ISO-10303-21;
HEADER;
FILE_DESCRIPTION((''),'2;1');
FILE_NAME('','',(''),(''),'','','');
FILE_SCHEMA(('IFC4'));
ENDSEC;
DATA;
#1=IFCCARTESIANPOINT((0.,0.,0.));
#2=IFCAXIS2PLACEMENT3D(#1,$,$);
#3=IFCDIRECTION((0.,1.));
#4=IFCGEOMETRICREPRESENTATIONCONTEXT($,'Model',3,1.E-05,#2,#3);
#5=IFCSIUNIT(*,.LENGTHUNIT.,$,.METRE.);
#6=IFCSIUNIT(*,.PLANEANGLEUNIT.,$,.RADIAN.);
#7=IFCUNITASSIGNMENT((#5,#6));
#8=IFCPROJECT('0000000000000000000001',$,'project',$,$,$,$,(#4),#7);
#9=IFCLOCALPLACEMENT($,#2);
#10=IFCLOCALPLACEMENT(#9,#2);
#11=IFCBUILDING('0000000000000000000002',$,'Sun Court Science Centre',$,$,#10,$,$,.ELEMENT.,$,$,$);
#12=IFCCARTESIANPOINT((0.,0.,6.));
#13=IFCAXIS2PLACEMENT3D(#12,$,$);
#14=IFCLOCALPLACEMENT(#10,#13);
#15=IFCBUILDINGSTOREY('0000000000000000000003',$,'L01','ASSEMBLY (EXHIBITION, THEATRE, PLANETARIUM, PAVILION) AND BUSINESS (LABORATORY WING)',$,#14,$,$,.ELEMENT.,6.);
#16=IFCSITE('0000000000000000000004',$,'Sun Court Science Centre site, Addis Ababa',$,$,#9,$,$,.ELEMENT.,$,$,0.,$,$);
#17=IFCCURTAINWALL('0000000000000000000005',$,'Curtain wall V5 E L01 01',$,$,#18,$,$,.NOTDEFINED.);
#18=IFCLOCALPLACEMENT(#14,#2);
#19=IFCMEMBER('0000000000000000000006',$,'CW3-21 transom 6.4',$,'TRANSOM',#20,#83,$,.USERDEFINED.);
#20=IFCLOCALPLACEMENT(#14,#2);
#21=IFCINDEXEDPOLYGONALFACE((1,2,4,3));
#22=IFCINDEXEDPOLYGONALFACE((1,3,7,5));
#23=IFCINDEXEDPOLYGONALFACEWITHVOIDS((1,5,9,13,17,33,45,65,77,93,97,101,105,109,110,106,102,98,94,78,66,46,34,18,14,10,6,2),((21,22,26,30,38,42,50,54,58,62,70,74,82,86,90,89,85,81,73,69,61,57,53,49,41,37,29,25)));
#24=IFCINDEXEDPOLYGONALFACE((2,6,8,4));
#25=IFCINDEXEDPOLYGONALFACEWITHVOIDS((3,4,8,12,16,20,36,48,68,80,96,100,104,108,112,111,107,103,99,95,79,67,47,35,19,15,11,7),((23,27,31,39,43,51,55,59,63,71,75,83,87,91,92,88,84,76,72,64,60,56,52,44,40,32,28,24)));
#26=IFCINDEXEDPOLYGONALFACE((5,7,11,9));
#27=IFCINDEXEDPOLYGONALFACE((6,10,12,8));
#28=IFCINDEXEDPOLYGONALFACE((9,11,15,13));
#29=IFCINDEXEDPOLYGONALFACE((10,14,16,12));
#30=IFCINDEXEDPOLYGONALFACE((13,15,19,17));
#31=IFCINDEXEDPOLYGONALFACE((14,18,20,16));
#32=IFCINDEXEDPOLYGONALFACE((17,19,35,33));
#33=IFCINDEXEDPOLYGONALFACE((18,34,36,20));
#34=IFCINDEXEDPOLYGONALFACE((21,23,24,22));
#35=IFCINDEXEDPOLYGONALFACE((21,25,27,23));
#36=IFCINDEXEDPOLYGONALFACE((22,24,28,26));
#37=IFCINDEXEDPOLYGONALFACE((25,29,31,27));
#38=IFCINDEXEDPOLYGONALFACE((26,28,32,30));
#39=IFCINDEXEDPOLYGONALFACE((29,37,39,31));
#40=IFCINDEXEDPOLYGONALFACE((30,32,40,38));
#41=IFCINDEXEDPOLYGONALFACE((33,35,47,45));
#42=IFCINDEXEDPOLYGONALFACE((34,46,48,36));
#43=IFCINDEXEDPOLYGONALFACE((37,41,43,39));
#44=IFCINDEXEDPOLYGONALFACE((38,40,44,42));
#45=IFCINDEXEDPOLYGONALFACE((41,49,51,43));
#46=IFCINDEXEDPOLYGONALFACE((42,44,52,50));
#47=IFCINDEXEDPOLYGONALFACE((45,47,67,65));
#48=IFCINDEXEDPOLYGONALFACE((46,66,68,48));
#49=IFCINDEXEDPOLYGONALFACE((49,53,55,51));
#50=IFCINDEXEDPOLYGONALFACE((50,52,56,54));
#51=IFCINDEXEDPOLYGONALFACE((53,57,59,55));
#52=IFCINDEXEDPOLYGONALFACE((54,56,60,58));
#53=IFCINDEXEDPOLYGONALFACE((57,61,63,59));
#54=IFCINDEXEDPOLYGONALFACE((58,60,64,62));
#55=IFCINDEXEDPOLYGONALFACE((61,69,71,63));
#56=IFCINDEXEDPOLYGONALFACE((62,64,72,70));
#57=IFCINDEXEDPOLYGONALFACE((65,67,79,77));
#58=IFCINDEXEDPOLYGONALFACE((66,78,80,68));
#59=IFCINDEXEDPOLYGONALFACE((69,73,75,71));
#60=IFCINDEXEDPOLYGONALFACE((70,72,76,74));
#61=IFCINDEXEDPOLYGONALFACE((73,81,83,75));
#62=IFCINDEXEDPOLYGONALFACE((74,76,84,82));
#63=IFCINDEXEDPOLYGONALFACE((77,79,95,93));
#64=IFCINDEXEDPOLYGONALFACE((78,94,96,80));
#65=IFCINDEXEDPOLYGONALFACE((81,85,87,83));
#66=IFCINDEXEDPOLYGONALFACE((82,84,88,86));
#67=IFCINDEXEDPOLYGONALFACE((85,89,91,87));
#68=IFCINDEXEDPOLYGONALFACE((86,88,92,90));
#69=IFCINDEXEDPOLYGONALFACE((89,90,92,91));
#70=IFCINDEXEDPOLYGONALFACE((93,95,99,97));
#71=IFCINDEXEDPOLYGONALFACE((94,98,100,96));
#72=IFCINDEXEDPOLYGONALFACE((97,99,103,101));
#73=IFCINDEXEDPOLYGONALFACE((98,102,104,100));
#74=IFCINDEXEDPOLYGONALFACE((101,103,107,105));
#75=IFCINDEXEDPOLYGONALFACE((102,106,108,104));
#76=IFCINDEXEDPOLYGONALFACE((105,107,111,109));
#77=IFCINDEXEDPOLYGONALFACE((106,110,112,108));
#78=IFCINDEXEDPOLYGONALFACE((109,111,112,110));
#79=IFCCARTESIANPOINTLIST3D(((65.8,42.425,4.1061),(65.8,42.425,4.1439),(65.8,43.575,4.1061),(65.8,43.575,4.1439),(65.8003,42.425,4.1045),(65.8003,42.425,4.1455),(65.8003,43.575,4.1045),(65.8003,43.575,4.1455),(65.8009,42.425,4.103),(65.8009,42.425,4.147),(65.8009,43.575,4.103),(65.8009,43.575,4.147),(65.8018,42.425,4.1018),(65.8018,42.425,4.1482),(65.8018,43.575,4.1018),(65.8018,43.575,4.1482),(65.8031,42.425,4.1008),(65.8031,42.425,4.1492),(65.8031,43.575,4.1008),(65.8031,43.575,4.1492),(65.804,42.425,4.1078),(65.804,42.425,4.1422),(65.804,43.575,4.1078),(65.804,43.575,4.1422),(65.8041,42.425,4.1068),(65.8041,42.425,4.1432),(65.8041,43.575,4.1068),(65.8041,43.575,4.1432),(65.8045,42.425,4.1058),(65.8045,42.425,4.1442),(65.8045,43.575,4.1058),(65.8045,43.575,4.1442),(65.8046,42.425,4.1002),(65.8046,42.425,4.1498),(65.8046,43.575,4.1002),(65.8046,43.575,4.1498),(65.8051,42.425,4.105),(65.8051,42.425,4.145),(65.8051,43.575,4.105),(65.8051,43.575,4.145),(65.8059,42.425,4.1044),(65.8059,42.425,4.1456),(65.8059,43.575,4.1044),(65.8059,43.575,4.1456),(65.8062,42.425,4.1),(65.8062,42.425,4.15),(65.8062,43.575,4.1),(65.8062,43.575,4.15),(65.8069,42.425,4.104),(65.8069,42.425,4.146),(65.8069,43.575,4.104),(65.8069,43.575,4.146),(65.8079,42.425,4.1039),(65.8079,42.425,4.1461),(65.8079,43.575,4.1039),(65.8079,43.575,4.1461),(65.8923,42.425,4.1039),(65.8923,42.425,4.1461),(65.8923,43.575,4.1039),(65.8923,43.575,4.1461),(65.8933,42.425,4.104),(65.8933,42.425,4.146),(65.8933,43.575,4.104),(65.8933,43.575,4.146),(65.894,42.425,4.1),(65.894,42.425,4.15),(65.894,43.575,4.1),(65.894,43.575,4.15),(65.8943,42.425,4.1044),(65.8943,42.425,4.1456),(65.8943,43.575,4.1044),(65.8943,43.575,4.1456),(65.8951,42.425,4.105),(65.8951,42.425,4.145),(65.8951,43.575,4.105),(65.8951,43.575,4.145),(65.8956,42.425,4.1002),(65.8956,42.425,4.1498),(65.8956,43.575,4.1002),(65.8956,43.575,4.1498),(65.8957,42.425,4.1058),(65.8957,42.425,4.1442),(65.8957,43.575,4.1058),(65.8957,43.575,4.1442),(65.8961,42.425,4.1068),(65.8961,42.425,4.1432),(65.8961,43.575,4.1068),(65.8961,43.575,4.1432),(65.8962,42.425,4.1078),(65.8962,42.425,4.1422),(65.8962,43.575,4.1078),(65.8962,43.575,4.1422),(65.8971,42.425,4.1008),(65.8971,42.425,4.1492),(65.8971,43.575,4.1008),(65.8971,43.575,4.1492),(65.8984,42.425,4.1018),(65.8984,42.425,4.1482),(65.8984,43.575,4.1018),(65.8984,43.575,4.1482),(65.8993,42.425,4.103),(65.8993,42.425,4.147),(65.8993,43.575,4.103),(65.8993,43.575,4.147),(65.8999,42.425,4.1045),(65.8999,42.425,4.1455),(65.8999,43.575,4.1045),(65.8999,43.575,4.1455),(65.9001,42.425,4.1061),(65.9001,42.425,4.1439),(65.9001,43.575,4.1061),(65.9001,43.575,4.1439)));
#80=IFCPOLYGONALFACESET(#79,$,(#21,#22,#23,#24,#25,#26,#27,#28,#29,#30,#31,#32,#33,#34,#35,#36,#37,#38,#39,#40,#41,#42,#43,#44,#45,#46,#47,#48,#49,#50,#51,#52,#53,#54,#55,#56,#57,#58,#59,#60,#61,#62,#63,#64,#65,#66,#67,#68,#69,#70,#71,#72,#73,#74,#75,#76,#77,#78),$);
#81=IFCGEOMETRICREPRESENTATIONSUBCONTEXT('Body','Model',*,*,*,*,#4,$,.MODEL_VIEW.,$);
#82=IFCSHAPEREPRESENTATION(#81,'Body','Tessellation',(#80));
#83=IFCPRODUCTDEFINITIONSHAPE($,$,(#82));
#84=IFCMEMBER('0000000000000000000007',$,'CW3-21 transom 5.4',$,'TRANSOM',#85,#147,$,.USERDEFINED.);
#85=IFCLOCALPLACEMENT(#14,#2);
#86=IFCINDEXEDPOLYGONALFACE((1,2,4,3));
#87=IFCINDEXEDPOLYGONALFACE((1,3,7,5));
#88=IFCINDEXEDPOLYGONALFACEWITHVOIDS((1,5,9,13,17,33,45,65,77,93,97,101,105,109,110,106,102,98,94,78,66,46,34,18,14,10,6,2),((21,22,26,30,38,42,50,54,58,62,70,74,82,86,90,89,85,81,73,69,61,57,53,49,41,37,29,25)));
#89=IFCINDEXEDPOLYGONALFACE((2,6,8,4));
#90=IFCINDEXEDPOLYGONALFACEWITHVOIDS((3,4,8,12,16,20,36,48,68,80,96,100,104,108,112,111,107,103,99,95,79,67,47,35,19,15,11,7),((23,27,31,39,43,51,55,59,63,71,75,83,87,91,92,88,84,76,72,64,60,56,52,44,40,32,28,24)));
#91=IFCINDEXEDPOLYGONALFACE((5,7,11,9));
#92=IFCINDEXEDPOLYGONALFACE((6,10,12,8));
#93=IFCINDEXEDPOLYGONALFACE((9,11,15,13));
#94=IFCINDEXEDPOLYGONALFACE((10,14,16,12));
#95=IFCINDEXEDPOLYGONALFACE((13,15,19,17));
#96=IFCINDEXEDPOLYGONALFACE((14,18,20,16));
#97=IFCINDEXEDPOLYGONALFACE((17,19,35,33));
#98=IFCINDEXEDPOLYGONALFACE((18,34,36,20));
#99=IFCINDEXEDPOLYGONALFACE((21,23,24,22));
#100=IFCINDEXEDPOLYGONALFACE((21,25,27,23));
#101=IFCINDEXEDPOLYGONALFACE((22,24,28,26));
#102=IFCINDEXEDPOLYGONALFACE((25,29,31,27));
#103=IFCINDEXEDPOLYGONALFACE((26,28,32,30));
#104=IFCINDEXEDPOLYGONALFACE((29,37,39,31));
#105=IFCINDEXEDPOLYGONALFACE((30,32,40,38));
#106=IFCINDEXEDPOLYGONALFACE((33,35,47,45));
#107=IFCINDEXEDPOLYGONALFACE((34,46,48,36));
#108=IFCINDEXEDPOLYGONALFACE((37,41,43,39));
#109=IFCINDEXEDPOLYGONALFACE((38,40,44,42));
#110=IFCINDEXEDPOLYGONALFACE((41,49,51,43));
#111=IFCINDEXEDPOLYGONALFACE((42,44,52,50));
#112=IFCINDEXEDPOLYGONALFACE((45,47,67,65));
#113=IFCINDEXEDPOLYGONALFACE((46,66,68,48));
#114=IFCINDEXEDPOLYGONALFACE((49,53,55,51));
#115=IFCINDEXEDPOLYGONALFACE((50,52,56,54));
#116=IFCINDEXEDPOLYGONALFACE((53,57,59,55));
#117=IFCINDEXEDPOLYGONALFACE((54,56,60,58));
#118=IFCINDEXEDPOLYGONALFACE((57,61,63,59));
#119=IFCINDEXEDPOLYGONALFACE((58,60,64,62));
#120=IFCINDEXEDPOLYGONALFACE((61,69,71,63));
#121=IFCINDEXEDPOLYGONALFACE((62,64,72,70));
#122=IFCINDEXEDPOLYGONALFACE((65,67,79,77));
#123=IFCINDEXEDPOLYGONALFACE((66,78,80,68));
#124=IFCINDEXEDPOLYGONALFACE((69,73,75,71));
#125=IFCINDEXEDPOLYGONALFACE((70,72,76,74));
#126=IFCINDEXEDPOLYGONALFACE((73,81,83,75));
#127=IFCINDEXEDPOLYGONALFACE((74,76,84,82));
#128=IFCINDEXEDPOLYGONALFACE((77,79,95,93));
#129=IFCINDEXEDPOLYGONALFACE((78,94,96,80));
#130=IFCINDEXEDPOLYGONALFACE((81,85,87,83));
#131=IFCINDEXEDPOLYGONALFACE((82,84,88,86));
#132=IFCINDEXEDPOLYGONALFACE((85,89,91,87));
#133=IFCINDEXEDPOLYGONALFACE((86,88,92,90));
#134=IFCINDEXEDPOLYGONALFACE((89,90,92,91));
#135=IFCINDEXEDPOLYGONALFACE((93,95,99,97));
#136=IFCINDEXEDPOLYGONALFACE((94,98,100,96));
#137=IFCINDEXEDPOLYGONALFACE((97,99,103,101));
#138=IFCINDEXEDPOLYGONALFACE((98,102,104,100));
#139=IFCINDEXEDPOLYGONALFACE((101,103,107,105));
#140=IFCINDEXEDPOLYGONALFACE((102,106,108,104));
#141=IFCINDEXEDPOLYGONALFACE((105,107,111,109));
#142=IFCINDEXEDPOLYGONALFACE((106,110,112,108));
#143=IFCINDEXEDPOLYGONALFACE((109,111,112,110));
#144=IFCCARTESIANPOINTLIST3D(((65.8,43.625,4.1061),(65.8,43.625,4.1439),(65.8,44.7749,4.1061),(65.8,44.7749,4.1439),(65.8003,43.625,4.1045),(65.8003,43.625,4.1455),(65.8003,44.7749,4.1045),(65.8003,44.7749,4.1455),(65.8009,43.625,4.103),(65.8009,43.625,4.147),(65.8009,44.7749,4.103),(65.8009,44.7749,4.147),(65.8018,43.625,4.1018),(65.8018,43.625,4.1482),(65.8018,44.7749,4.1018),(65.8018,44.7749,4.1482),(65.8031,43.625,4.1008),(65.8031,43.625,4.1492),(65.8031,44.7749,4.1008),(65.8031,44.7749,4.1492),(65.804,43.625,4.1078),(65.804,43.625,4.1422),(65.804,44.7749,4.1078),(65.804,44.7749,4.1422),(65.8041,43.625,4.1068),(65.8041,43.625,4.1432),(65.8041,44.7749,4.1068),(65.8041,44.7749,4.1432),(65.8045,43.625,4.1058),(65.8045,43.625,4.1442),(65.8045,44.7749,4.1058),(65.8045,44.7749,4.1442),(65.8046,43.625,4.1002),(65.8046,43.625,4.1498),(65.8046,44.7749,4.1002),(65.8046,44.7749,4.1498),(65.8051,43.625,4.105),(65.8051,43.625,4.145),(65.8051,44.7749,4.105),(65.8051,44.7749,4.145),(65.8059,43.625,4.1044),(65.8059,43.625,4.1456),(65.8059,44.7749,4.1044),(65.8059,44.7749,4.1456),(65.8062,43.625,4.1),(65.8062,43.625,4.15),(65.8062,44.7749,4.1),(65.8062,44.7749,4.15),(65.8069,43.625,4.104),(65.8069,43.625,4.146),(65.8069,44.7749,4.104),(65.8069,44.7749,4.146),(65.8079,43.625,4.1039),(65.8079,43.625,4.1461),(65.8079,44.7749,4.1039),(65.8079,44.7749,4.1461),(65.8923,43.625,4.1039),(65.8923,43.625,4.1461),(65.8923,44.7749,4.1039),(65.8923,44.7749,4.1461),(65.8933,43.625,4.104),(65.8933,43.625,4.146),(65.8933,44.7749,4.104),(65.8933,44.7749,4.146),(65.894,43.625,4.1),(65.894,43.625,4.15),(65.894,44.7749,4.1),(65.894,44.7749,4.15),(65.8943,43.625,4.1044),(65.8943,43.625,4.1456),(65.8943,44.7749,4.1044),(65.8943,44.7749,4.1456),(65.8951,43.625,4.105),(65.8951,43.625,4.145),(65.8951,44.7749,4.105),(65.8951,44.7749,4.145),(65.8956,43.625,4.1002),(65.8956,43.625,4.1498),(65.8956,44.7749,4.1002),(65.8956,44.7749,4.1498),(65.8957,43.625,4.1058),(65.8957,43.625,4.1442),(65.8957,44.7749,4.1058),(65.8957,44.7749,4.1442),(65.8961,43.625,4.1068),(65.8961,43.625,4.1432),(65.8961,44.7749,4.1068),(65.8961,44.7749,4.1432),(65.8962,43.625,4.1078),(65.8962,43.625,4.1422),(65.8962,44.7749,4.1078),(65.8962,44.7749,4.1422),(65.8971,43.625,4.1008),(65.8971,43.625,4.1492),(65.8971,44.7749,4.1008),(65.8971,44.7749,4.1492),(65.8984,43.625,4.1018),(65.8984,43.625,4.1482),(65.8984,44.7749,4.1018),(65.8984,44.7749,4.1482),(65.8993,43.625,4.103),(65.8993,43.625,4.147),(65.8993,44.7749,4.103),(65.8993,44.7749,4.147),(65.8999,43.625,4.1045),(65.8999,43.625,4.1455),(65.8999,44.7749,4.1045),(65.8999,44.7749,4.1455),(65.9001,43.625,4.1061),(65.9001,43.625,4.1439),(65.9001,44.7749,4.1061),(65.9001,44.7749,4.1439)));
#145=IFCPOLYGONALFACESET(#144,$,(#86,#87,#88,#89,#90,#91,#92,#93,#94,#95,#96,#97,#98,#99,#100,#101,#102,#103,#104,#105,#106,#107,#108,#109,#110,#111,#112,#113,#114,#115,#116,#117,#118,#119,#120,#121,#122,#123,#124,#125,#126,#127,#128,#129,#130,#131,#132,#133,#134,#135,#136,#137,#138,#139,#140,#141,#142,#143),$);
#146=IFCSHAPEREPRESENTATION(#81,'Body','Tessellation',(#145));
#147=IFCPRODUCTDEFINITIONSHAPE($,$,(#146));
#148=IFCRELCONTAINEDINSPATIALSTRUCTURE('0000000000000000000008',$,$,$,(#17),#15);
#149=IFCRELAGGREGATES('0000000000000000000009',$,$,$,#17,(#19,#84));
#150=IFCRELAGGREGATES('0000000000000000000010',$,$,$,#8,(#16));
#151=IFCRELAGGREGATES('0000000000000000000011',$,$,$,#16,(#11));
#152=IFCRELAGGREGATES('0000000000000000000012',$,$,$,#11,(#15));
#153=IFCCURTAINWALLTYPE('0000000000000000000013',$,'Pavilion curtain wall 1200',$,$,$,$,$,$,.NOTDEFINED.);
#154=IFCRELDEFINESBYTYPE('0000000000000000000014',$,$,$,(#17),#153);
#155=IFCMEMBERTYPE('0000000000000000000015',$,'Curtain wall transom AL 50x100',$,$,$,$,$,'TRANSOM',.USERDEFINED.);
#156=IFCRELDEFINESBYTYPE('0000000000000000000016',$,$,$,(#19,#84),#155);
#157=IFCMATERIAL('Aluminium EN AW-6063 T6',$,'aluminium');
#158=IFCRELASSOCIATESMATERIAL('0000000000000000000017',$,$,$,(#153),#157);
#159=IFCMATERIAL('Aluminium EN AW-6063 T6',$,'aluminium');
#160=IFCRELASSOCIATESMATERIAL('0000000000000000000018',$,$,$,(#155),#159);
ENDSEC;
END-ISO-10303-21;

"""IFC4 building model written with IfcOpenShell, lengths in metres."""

from ifc_helpers import new_model, si_unit, direction, frame, origin, origin_2d, place, context, subcontext, project, spatial, hollow_rectangle, extrude, material, material_profile, profile_set, type_object, element, aggregate, save


model = new_model("IFC4")

# Units and contexts
model_context = context("Model", 3, precision=1e-05, world=origin(), true_north=direction((0.0, 1.0)))
body_context = subcontext(model_context, "Body", "Model", "MODEL_VIEW")
ifc_project = project(units=[si_unit("LENGTHUNIT", "METRE"), si_unit("PLANEANGLEUNIT", "RADIAN")], contexts=[model_context])

# Site, building, storey
site_placement = place(None, origin())
site = spatial("IfcSite", under=ifc_project, at=site_placement, Name="Sun Court Science Centre site, Addis Ababa", CompositionType="ELEMENT", RefElevation=0.0)
building_placement = place(site_placement, origin())
building = spatial("IfcBuilding", under=site, at=building_placement, Name="Sun Court Science Centre", CompositionType="ELEMENT")
storey_placement = place(building_placement, frame((0.0, 0.0, 6.0)))
storey = spatial("IfcBuildingStorey", under=building, at=storey_placement, Name="L01", Description="ASSEMBLY (EXHIBITION, THEATRE, PLANETARIUM, PAVILION) AND BUSINESS (LABORATORY WING)", CompositionType="ELEMENT", Elevation=6.0)

# Curtain wall, members
ifc_material_1 = material(Name="Aluminium EN AW-6063 T6", Category="aluminium")
curtain_wall_type = type_object("IfcCurtainWallType", Name="Pavilion curtain wall 1200", PredefinedType="NOTDEFINED", material=ifc_material_1)
curtain_wall_placement = place(storey_placement, origin())
curtain_wall = element("IfcCurtainWall", 1, at=curtain_wall_placement, inside=storey, type_object=curtain_wall_type, Name="Curtain wall V5 E L01 01", PredefinedType="NOTDEFINED")
ifc_material_2 = material(Name="Aluminium EN AW-6063 T6", Category="aluminium")
ifc_material_profile_1 = material_profile(ifc_material_2, hollow_rectangle(XDim=0.05, YDim=0.1001, WallThickness=0.0039, InnerFilletRadius=0.0039, OuterFilletRadius=0.0061, at=origin_2d()), Name="AL 50x100x4")
ifc_profile_set_1 = profile_set([ifc_material_profile_1], Name="Aluminium EN AW-6063 T6")
member_type_1 = type_object("IfcMemberType", Name="Curtain wall transom AL 50x100", ElementType="TRANSOM", PredefinedType="USERDEFINED", material=ifc_profile_set_1)
member_1_placement = place(storey_placement, frame((65.8501, 43.575, 4.125), z_axis=(0.0, -1.0, 0.0), x_axis=(0.0, 0.0, 1.0)))
member_1 = element("IfcMember", 2, at=member_1_placement, type_object=member_type_1, Name="CW3-21 transom 6.4", ObjectType="TRANSOM", PredefinedType="USERDEFINED", context=body_context, shape_type="SweptSolid", body=[
    extrude(hollow_rectangle(XDim=0.05, YDim=0.1001, WallThickness=0.0039, InnerFilletRadius=0.0039, OuterFilletRadius=0.0061, at=origin_2d()), origin(), (0.0, 0.0, 1.0), 1.1499),
])
member_2_placement = place(storey_placement, frame((65.8501, 44.7749, 4.125), z_axis=(0.0, -1.0, 0.0), x_axis=(0.0, 0.0, 1.0)))
member_2 = element("IfcMember", 3, at=member_2_placement, type_object=member_type_1, Name="CW3-21 transom 5.4", ObjectType="TRANSOM", PredefinedType="USERDEFINED", context=body_context, shape_type="SweptSolid", body=[
    extrude(hollow_rectangle(XDim=0.05, YDim=0.1001, WallThickness=0.0039, InnerFilletRadius=0.0039, OuterFilletRadius=0.0061, at=origin_2d()), origin(), (0.0, 0.0, 1.0), 1.1499),
])
aggregate(curtain_wall, [member_1, member_2])

save(model, "model.ifc")
